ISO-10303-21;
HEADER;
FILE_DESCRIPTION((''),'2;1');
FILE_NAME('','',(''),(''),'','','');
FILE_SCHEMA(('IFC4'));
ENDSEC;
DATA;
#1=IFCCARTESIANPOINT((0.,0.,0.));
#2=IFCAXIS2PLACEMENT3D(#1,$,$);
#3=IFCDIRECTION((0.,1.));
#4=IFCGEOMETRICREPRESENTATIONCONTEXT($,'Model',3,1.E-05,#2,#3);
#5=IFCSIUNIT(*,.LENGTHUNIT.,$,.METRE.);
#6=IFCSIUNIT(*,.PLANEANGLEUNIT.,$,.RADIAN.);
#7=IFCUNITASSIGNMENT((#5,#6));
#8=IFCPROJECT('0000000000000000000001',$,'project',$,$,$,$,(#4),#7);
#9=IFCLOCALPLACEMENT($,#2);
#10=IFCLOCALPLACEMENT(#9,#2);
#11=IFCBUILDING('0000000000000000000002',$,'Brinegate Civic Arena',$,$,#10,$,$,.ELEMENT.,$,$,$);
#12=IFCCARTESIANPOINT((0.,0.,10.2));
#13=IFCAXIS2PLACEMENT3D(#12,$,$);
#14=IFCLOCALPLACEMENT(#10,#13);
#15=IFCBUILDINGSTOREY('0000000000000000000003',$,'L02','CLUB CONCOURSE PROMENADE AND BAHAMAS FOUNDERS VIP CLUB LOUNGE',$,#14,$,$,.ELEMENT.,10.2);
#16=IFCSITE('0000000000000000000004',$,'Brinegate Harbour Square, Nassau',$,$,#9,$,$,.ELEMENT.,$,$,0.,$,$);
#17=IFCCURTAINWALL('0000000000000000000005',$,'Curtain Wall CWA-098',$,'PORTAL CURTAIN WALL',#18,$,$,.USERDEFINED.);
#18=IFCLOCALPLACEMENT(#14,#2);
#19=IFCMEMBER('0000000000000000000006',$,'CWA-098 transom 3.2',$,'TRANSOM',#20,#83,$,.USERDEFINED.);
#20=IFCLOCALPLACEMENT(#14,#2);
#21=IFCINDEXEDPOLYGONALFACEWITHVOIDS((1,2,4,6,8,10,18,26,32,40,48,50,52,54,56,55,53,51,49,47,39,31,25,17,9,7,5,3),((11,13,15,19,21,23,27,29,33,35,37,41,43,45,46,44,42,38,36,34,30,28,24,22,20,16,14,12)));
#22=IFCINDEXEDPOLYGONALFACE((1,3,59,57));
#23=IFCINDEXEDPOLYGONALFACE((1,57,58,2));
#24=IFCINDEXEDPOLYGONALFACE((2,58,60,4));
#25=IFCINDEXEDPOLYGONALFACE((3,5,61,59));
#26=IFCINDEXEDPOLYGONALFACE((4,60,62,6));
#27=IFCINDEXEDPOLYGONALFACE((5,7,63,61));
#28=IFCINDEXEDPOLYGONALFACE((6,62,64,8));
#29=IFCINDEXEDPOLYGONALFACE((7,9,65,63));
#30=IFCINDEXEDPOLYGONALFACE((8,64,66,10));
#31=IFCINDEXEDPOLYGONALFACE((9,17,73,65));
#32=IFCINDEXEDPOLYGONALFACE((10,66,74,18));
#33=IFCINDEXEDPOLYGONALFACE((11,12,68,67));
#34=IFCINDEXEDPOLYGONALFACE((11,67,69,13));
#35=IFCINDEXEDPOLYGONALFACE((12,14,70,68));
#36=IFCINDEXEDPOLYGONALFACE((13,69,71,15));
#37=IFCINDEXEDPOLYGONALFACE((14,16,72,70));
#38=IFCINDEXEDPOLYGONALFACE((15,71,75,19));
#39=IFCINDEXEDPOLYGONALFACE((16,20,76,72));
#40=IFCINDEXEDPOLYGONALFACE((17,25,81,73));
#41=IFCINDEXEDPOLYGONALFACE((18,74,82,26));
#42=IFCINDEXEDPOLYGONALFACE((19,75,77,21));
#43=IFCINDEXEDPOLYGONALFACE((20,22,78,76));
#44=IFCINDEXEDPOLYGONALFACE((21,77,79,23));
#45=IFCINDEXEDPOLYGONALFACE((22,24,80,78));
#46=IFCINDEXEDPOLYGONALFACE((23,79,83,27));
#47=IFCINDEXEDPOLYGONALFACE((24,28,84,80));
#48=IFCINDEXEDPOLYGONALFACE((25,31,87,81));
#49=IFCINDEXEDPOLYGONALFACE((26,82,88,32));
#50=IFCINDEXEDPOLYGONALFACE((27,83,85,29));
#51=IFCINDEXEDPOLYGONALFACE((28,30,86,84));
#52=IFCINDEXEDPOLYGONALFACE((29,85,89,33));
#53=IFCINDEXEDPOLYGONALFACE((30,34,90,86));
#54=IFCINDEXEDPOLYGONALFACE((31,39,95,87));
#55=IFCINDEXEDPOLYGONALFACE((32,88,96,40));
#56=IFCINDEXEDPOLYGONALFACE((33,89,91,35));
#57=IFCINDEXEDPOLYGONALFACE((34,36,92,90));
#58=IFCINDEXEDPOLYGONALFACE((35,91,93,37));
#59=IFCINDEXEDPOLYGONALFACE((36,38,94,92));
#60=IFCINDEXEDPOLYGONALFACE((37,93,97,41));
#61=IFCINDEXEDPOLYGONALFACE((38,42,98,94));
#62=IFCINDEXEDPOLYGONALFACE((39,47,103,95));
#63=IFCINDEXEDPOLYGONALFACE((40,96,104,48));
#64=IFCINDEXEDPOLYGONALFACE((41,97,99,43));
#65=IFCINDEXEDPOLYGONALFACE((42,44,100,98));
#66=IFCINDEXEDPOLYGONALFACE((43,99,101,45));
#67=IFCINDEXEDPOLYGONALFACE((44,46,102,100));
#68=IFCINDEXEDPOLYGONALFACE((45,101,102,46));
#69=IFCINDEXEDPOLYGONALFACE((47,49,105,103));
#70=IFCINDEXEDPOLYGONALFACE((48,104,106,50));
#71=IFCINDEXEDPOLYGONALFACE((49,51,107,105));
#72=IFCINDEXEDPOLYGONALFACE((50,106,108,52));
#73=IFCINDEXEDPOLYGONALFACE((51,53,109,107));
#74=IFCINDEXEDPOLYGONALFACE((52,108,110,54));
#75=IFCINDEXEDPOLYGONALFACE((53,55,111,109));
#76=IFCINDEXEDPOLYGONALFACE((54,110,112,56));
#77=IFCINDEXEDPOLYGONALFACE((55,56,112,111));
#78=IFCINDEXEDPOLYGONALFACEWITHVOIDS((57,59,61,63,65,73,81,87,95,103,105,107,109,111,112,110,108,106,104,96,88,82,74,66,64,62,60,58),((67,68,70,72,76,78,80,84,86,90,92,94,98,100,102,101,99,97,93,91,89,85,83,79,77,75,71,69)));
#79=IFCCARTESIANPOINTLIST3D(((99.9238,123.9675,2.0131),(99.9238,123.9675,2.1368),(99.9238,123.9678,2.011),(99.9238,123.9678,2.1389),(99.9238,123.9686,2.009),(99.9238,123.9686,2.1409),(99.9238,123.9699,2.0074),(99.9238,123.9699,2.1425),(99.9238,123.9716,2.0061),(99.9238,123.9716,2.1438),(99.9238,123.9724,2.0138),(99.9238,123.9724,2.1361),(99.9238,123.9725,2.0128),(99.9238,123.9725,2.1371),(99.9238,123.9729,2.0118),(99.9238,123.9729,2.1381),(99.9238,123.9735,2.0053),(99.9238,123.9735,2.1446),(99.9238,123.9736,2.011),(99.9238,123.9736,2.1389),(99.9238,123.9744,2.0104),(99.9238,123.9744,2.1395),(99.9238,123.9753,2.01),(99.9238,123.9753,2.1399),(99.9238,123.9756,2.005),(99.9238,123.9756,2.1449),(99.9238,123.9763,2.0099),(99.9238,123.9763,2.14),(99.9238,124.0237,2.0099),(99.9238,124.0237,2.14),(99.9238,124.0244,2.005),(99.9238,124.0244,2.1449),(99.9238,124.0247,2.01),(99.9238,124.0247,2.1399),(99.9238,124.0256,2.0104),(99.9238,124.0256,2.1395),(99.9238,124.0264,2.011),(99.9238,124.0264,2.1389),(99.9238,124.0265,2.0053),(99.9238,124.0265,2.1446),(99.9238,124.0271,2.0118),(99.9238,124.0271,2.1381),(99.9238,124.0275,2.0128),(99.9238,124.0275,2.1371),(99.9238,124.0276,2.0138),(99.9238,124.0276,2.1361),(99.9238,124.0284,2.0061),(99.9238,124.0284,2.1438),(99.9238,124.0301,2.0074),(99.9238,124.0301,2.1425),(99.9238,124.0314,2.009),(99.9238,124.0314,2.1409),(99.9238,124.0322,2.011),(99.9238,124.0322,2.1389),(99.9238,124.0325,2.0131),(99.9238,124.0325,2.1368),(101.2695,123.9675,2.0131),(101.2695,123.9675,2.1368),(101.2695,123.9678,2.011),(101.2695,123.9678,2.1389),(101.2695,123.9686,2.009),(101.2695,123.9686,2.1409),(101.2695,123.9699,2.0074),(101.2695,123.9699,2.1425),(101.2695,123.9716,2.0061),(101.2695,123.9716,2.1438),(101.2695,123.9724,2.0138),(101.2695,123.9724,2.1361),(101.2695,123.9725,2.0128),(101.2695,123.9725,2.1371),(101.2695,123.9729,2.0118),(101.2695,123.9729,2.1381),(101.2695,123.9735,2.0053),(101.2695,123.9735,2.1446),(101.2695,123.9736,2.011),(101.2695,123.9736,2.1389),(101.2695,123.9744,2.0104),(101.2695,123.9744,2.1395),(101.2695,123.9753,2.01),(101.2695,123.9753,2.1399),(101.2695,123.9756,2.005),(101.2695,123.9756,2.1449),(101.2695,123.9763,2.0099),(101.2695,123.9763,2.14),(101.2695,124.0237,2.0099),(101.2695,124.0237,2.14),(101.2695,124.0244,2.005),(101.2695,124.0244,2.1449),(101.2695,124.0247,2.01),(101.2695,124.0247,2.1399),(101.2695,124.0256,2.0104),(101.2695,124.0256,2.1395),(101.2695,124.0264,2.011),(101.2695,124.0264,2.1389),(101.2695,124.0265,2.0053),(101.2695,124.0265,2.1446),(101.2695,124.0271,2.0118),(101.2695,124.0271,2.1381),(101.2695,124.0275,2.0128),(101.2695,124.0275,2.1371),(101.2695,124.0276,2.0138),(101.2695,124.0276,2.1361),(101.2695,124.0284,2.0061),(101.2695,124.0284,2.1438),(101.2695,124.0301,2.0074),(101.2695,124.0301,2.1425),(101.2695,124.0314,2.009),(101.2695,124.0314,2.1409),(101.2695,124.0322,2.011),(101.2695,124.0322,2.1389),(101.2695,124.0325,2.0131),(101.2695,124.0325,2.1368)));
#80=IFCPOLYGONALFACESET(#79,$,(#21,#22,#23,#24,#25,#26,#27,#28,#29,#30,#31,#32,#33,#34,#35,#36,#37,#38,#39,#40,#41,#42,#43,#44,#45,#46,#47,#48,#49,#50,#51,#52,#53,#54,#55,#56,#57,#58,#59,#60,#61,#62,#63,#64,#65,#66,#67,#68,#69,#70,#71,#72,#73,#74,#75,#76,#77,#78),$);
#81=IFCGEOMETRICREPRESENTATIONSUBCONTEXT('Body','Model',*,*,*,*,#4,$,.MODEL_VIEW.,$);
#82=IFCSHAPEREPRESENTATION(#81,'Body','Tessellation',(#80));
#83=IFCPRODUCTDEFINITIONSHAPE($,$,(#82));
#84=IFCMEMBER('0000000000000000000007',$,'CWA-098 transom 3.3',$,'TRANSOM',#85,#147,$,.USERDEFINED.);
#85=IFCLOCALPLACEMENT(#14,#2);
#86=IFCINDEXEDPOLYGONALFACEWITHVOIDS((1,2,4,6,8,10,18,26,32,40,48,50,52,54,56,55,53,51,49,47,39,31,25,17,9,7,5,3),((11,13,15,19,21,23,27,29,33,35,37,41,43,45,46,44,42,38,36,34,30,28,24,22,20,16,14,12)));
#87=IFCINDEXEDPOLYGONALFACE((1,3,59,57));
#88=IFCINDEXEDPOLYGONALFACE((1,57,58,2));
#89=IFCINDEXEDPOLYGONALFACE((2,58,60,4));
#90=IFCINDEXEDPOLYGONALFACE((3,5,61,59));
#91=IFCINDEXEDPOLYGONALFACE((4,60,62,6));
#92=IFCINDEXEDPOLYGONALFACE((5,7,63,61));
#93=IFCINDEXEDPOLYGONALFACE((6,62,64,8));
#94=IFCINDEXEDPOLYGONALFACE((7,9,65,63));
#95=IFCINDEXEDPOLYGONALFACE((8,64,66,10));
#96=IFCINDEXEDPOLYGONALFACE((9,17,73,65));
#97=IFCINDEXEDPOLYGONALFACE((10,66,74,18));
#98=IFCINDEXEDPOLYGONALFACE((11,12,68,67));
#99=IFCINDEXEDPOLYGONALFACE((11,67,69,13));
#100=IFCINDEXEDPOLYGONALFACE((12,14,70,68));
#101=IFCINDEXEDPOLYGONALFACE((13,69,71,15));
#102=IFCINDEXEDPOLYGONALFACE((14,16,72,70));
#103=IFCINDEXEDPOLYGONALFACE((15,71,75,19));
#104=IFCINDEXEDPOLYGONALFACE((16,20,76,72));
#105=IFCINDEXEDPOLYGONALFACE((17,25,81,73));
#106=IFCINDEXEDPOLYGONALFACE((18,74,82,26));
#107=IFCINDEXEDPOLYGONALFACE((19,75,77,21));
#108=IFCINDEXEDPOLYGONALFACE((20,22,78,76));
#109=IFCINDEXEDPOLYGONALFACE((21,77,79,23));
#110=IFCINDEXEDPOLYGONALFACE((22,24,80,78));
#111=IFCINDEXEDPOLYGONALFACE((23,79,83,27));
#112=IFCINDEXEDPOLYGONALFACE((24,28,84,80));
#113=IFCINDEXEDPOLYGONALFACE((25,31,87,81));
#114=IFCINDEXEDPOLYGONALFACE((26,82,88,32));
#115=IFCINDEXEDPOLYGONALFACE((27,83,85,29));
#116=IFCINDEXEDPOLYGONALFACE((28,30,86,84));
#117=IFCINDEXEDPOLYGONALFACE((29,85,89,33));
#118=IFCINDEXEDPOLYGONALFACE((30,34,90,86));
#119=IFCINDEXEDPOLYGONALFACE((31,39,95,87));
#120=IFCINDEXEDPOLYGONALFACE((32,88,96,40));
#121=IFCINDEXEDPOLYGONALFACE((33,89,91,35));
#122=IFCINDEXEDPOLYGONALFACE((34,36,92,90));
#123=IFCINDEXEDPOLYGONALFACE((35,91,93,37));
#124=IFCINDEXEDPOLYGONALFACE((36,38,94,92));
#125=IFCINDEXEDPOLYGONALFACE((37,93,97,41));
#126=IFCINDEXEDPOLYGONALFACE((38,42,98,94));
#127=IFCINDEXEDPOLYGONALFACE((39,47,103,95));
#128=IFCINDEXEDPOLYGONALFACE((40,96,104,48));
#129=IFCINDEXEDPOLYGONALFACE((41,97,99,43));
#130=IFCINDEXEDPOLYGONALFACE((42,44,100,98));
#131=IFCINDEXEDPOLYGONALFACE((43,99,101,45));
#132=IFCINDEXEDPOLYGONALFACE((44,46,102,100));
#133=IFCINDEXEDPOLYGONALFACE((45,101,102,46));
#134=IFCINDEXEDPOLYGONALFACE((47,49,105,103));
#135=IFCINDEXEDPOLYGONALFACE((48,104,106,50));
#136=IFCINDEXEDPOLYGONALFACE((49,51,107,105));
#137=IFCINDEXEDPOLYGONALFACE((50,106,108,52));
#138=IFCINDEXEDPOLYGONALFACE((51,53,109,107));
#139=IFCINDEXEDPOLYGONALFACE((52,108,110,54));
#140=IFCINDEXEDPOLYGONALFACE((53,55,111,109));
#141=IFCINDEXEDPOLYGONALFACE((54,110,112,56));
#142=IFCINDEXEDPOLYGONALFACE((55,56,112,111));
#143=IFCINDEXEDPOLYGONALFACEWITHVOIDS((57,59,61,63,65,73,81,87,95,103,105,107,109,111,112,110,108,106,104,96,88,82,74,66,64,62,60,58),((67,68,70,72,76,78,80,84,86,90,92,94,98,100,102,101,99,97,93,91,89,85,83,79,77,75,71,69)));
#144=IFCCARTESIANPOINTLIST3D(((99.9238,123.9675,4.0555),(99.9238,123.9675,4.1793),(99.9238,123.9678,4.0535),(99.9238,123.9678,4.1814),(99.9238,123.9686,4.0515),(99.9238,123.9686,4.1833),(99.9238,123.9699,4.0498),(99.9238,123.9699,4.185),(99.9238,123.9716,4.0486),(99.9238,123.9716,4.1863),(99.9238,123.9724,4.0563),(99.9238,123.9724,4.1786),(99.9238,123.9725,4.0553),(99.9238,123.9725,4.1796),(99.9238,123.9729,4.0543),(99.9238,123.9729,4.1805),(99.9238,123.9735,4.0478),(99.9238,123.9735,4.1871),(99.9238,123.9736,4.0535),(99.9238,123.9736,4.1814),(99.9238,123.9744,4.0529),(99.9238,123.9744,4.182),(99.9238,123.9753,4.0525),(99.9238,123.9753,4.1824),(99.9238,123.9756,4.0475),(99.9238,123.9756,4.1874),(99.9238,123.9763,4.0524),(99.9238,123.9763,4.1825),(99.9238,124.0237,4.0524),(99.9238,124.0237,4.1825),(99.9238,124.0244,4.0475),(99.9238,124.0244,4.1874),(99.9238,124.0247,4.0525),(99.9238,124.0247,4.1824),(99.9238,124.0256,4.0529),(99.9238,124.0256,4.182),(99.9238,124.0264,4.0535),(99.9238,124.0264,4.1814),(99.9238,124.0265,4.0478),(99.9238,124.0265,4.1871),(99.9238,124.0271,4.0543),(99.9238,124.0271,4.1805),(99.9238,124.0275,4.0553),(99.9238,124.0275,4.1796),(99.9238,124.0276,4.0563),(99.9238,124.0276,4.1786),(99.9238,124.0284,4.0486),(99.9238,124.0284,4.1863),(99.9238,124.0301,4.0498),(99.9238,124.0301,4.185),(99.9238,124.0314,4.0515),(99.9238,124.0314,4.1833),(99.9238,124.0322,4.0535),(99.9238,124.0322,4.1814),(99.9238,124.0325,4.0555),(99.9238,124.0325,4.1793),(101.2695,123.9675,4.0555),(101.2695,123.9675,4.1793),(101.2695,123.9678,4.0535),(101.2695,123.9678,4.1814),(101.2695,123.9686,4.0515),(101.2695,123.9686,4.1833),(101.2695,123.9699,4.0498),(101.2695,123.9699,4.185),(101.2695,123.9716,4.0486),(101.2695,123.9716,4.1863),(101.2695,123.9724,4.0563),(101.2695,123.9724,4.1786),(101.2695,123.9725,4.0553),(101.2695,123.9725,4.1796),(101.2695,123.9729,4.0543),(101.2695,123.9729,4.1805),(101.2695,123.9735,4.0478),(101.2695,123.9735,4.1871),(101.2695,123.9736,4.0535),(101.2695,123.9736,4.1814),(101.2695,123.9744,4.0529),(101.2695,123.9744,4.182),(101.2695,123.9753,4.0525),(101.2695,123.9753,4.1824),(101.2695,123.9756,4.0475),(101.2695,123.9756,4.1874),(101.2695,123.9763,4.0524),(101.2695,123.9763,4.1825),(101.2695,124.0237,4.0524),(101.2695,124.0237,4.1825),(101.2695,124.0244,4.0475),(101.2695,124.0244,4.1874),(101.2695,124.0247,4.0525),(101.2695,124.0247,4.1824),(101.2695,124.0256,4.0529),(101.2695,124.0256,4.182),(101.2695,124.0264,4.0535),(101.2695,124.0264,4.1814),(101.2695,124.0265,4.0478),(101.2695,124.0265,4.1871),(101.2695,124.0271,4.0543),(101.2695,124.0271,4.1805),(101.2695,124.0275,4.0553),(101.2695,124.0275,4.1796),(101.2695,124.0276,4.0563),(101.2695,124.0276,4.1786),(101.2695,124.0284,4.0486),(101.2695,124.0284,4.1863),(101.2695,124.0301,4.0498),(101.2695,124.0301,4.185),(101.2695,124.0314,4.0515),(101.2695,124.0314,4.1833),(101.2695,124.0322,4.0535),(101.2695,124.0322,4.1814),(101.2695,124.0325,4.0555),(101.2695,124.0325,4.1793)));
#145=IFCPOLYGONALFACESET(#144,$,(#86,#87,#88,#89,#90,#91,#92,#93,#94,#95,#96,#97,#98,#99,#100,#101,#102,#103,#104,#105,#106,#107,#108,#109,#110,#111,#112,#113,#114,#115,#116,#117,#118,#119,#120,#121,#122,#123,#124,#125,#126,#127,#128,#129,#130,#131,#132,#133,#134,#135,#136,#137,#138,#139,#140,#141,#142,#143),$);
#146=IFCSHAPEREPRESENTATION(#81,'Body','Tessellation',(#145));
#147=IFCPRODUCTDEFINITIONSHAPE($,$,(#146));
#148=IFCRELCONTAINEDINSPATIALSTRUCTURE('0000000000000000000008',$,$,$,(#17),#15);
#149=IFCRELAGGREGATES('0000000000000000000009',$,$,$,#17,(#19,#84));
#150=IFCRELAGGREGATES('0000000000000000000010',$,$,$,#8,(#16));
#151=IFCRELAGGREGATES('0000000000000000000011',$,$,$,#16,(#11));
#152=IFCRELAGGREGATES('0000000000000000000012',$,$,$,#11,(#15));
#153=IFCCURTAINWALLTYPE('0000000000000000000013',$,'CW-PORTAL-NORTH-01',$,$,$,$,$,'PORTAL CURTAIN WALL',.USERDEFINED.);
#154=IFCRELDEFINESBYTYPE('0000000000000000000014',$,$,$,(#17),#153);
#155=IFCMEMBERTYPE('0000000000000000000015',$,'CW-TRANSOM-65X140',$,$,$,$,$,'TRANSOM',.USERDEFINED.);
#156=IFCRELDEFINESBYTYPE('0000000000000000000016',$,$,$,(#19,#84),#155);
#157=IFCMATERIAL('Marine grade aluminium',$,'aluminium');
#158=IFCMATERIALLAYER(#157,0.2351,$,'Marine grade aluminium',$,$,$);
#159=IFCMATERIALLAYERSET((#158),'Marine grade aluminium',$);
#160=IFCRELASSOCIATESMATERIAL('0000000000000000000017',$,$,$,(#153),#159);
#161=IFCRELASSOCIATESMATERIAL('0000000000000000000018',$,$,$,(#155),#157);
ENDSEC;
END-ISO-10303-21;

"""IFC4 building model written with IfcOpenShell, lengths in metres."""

from ifc_helpers import new_model, si_unit, direction, frame, origin, origin_2d, place, context, subcontext, project, spatial, hollow_rectangle, extrude, material, layer, layer_set, material_profile, profile_set, type_object, element, aggregate, save


model = new_model("IFC4")

# Units and contexts
model_context = context("Model", 3, precision=1e-05, world=origin(), true_north=direction((0.0, 1.0)))
body_context = subcontext(model_context, "Body", "Model", "MODEL_VIEW")
ifc_project = project(units=[si_unit("LENGTHUNIT", "METRE"), si_unit("PLANEANGLEUNIT", "RADIAN")], contexts=[model_context])

# Site, building, storey
site_placement = place(None, origin())
site = spatial("IfcSite", under=ifc_project, at=site_placement, Name="Brinegate Harbour Square, Nassau", CompositionType="ELEMENT", RefElevation=0.0)
building_placement = place(site_placement, origin())
building = spatial("IfcBuilding", under=site, at=building_placement, Name="Brinegate Civic Arena", CompositionType="ELEMENT")
storey_placement = place(building_placement, frame((0.0, 0.0, 10.2)))
storey = spatial("IfcBuildingStorey", under=building, at=storey_placement, Name="L02", Description="CLUB CONCOURSE PROMENADE AND BAHAMAS FOUNDERS VIP CLUB LOUNGE", CompositionType="ELEMENT", Elevation=10.2)

# Curtain wall, members
ifc_material_1 = material(Name="Marine grade aluminium", Category="aluminium")
ifc_layer_1 = layer(ifc_material_1, 0.2351, Name="Marine grade aluminium")
ifc_layer_set_1 = layer_set([ifc_layer_1], Name="Marine grade aluminium")
curtain_wall_type = type_object("IfcCurtainWallType", Name="CW-PORTAL-NORTH-01", ElementType="PORTAL CURTAIN WALL", PredefinedType="USERDEFINED", material=ifc_layer_set_1)
curtain_wall_placement = place(storey_placement, origin())
curtain_wall = element("IfcCurtainWall", 1, at=curtain_wall_placement, inside=storey, type_object=curtain_wall_type, Name="Curtain Wall CWA-098", ObjectType="PORTAL CURTAIN WALL", PredefinedType="USERDEFINED")
ifc_material_profile_1 = material_profile(ifc_material_1, hollow_rectangle(XDim=0.0649, YDim=0.1399, WallThickness=0.0049, InnerFilletRadius=0.0039, OuterFilletRadius=0.0081, at=origin_2d()), Name="TRN65X140")
ifc_profile_set_1 = profile_set([ifc_material_profile_1], Name="Marine grade aluminium")
member_type_1 = type_object("IfcMemberType", Name="CW-TRANSOM-65X140", ElementType="TRANSOM", PredefinedType="USERDEFINED", material=ifc_profile_set_1)
member_1_placement = place(storey_placement, frame((99.9238, 124.0, 2.075), z_axis=(1.0, 0.0, 0.0), x_axis=(0.0, 1.0, 0.0)))
member_1 = element("IfcMember", 2, at=member_1_placement, type_object=member_type_1, Name="CWA-098 transom 3.2", ObjectType="TRANSOM", PredefinedType="USERDEFINED", context=body_context, shape_type="SweptSolid", body=[
    extrude(hollow_rectangle(XDim=0.0649, YDim=0.1399, WallThickness=0.0049, InnerFilletRadius=0.0039, OuterFilletRadius=0.0081, at=origin_2d()), origin(), (0.0, 0.0, 1.0), 1.3457),
])
member_2_placement = place(storey_placement, frame((99.9238, 124.0, 4.1174), z_axis=(1.0, 0.0, 0.0), x_axis=(0.0, 1.0, 0.0)))
member_2 = element("IfcMember", 3, at=member_2_placement, type_object=member_type_1, Name="CWA-098 transom 3.3", ObjectType="TRANSOM", PredefinedType="USERDEFINED", context=body_context, shape_type="SweptSolid", body=[
    extrude(hollow_rectangle(XDim=0.0649, YDim=0.1399, WallThickness=0.0049, InnerFilletRadius=0.0039, OuterFilletRadius=0.0081, at=origin_2d()), origin(), (0.0, 0.0, 1.0), 1.3457),
])

aggregate(curtain_wall, [member_1, member_2])

save(model, "model.ifc")
